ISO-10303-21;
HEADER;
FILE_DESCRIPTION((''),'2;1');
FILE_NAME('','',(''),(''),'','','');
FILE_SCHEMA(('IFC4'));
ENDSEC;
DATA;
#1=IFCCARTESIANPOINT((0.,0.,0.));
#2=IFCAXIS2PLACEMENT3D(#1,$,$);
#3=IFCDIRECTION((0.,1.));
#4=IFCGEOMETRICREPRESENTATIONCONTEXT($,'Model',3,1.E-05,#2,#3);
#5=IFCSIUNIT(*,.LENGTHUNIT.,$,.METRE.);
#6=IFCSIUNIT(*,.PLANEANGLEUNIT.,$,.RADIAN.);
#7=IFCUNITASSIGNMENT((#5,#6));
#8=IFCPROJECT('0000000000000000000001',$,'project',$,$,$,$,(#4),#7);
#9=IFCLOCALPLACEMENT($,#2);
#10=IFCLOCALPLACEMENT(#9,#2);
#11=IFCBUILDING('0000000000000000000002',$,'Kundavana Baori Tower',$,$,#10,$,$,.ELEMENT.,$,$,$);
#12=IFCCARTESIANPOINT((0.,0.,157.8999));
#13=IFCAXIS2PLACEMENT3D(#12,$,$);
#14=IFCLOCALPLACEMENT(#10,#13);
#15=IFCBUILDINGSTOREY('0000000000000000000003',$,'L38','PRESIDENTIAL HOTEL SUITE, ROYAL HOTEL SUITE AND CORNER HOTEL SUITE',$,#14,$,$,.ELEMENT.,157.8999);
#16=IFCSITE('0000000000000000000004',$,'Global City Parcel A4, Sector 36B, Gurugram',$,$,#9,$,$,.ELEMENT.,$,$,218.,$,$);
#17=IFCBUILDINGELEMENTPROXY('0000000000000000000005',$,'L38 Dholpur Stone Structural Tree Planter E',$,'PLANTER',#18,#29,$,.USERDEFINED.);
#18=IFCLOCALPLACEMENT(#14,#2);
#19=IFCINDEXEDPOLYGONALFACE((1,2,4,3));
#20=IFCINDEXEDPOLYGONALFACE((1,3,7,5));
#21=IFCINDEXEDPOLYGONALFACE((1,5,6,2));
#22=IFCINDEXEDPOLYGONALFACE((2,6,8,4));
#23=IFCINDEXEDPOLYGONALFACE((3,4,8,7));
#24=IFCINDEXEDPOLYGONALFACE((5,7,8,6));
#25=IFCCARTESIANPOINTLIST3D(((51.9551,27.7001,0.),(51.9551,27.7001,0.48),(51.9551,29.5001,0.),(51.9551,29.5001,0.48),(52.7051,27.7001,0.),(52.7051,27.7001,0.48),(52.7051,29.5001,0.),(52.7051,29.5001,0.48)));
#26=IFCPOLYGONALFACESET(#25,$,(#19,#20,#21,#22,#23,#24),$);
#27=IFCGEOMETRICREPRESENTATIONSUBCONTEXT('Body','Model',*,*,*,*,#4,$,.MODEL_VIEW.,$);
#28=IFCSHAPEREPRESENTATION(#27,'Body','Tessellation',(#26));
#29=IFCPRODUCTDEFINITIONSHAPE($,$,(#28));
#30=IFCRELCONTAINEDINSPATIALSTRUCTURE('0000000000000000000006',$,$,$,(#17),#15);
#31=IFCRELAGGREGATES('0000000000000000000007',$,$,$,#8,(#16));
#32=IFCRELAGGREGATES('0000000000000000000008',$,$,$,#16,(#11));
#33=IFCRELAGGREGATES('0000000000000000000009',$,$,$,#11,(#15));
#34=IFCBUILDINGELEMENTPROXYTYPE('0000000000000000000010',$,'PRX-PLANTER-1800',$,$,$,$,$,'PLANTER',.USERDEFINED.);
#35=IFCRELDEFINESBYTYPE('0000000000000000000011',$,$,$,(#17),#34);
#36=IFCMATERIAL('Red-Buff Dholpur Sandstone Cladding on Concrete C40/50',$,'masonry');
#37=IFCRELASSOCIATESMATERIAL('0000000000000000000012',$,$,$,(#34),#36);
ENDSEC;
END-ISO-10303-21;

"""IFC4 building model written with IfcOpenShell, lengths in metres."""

from ifc_helpers import new_model, si_unit, direction, frame, origin, origin_2d, place, context, subcontext, project, spatial, rectangle, extrude, material, type_object, element, save


model = new_model("IFC4")

# Units and contexts
model_context = context("Model", 3, precision=1e-05, world=origin(), true_north=direction((0.0, 1.0)))
body_context = subcontext(model_context, "Body", "Model", "MODEL_VIEW")
ifc_project = project(units=[si_unit("LENGTHUNIT", "METRE"), si_unit("PLANEANGLEUNIT", "RADIAN")], contexts=[model_context])

# Site, building, storey
site_placement = place(None, origin())
site = spatial("IfcSite", under=ifc_project, at=site_placement, Name="Global City Parcel A4, Sector 36B, Gurugram", CompositionType="ELEMENT", RefElevation=218.0)
building_placement = place(site_placement, origin())
building = spatial("IfcBuilding", under=site, at=building_placement, Name="Kundavana Baori Tower", CompositionType="ELEMENT")
storey_placement = place(building_placement, frame((0.0, 0.0, 157.8999)))
storey = spatial("IfcBuildingStorey", under=building, at=storey_placement, Name="L38", Description="PRESIDENTIAL HOTEL SUITE, ROYAL HOTEL SUITE AND CORNER HOTEL SUITE", CompositionType="ELEMENT", Elevation=157.8999)

# Building element proxy
ifc_material_1 = material(Name="Red-Buff Dholpur Sandstone Cladding on Concrete C40/50", Category="masonry")
building_element_proxy_type = type_object("IfcBuildingElementProxyType", Name="PRX-PLANTER-1800", ElementType="PLANTER", PredefinedType="USERDEFINED", material=ifc_material_1)
proxy_placement = place(storey_placement, frame((52.3301, 28.6001, 0.0), z_axis=(0.0, 0.0, 1.0), x_axis=(0.0, 1.0, 0.0)))
element("IfcBuildingElementProxy", 1, at=proxy_placement, inside=storey, type_object=building_element_proxy_type, Name="L38 Dholpur Stone Structural Tree Planter E", ObjectType="PLANTER", PredefinedType="USERDEFINED", context=body_context, shape_type="SweptSolid", body=[
    extrude(rectangle(XDim=1.8, YDim=0.75, at=origin_2d()), origin(), (0.0, 0.0, 1.0), 0.48),
])

save(model, "model.ifc")
